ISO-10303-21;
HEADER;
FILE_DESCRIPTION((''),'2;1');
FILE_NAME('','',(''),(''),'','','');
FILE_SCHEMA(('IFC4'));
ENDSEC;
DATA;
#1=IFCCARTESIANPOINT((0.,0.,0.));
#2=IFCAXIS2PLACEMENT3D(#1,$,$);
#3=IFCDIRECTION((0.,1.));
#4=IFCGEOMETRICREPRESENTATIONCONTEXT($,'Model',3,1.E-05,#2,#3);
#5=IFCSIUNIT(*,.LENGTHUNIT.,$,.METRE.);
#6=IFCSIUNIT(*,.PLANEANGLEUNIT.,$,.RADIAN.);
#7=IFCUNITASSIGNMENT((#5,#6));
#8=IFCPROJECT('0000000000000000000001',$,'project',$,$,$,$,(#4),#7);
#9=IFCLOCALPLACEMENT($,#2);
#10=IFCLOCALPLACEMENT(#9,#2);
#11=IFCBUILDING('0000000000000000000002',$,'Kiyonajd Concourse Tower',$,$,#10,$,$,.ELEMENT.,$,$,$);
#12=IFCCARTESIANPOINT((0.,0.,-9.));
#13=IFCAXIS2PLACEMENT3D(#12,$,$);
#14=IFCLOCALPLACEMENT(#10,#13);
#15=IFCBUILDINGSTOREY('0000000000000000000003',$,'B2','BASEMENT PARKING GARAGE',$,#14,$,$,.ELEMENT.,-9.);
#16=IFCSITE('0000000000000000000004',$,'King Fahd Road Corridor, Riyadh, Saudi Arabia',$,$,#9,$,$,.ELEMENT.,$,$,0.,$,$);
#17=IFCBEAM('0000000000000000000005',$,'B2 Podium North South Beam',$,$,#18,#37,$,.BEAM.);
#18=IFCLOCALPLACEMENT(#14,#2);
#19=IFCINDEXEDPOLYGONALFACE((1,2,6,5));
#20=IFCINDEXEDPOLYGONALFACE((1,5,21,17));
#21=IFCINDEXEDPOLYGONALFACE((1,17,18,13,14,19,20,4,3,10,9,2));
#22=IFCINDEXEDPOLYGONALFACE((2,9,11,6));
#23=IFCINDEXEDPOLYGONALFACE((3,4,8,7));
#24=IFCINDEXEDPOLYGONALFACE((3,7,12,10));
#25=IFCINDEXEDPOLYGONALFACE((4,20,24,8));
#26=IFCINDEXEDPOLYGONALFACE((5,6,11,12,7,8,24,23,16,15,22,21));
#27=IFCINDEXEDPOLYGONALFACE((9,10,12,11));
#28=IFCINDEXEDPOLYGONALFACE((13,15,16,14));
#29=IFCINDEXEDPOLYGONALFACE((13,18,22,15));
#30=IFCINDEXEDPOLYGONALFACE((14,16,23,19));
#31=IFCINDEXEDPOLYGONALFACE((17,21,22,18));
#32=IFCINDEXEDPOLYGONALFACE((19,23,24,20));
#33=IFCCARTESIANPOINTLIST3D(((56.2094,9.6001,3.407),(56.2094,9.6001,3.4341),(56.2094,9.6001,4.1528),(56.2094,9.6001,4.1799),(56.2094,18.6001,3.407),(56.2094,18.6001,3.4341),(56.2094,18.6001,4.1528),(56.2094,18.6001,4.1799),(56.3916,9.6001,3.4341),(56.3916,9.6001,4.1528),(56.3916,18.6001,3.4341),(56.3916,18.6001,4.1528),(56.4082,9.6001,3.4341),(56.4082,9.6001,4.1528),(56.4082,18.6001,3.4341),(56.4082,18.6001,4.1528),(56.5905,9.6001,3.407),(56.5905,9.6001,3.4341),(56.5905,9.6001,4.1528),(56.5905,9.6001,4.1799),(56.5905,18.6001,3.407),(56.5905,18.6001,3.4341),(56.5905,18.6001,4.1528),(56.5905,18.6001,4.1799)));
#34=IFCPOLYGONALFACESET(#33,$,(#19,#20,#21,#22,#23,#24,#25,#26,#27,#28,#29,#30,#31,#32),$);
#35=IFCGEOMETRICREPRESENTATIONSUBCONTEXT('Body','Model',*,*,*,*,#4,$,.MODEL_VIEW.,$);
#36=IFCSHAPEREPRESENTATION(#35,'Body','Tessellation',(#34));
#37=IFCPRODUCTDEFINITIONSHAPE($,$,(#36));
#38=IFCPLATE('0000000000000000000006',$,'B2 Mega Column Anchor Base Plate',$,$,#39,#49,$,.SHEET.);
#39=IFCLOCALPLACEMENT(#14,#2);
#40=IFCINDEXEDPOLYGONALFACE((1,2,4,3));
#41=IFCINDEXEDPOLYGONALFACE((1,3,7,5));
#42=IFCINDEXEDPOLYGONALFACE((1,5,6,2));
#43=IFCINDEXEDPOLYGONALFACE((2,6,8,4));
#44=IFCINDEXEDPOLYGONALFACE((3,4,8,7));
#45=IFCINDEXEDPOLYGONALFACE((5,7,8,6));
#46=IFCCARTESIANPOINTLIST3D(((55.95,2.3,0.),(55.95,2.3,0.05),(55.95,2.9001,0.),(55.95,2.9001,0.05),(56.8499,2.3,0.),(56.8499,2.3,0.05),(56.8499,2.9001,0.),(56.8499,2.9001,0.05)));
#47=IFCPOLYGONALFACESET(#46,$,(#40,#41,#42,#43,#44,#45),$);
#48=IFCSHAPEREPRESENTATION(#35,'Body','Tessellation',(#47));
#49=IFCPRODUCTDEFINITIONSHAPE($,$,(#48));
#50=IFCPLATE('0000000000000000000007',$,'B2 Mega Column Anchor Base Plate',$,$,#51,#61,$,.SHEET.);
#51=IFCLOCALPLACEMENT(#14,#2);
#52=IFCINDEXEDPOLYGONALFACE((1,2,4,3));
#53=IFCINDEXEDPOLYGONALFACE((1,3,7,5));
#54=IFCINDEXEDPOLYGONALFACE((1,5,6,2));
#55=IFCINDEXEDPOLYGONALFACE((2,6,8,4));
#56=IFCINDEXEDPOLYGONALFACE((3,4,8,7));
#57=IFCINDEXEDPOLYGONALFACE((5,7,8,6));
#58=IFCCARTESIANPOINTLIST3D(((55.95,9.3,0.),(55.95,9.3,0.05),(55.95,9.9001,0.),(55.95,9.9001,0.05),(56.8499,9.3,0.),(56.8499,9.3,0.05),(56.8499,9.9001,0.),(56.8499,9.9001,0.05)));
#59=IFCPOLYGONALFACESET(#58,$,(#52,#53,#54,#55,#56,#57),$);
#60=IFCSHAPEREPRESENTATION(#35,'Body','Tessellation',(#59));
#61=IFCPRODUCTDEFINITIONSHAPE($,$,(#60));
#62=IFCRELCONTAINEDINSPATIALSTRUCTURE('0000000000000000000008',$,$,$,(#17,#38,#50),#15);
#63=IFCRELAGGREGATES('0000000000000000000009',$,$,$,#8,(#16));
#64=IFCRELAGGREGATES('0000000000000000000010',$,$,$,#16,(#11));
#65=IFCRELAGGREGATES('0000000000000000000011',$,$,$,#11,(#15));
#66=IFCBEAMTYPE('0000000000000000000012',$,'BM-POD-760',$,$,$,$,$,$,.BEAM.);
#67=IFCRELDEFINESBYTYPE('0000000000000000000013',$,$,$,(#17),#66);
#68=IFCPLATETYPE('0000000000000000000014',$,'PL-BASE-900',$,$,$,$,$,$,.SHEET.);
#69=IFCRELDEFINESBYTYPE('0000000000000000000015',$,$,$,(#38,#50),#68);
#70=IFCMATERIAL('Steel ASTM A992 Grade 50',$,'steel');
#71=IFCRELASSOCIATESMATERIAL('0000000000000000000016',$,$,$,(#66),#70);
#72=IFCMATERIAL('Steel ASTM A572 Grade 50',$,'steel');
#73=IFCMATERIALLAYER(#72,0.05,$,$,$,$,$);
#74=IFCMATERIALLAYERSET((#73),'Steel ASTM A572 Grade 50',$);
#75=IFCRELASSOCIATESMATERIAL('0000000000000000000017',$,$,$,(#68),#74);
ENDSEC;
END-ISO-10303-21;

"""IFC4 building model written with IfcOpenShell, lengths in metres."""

from ifc_helpers import new_model, si_unit, direction, frame, origin, origin_2d, place, context, subcontext, project, spatial, rectangle, i_section, extrude, material, layer, layer_set, material_profile, profile_set, type_object, element, save


model = new_model("IFC4")

# Units and contexts
model_context = context("Model", 3, precision=1e-05, world=origin(), true_north=direction((0.0, 1.0)))
body_context = subcontext(model_context, "Body", "Model", "MODEL_VIEW")
ifc_project = project(units=[si_unit("LENGTHUNIT", "METRE"), si_unit("PLANEANGLEUNIT", "RADIAN")], contexts=[model_context])

# Site, building, storey
site_placement = place(None, origin())
site = spatial("IfcSite", under=ifc_project, at=site_placement, Name="King Fahd Road Corridor, Riyadh, Saudi Arabia", CompositionType="ELEMENT", RefElevation=0.0)
building_placement = place(site_placement, origin())
building = spatial("IfcBuilding", under=site, at=building_placement, Name="Kiyonajd Concourse Tower", CompositionType="ELEMENT")
storey_placement = place(building_placement, frame((0.0, 0.0, -9.0)))
storey = spatial("IfcBuildingStorey", under=building, at=storey_placement, Name="B2", Description="BASEMENT PARKING GARAGE", CompositionType="ELEMENT", Elevation=-9.0)

# Shared definitions
ifc_material_1 = material(Name="Steel ASTM A572 Grade 50", Category="steel")

# Beam
ifc_material_2 = material(Name="Steel ASTM A992 Grade 50", Category="steel")
ifc_material_profile_1 = material_profile(ifc_material_2, i_section(OverallWidth=0.3811, OverallDepth=0.7729, WebThickness=0.0166, FlangeThickness=0.0271, at=origin_2d()), Name="W760X257")
ifc_profile_set_1 = profile_set([ifc_material_profile_1], Name="Steel ASTM A992 Grade 50")
beam_type = type_object("IfcBeamType", Name="BM-POD-760", PredefinedType="BEAM", material=ifc_profile_set_1)
beam_1_placement = place(storey_placement, frame((56.3999, 9.6001, 3.7935), z_axis=(0.0, 1.0, 0.0), x_axis=(-1.0, 0.0, 0.0)))
element("IfcBeam", 1, at=beam_1_placement, inside=storey, type_object=beam_type, Name="B2 Podium North South Beam", PredefinedType="BEAM", context=body_context, shape_type="SweptSolid", body=[
    extrude(i_section(OverallWidth=0.3811, OverallDepth=0.7729, WebThickness=0.0166, FlangeThickness=0.0271, at=origin_2d()), origin(), (0.0, 0.0, 1.0), 9.0),
])

# Plates
ifc_layer = layer(ifc_material_1, 0.05)
ifc_layer_set = layer_set([ifc_layer], Name="Steel ASTM A572 Grade 50")
plate_type = type_object("IfcPlateType", Name="PL-BASE-900", PredefinedType="SHEET", material=ifc_layer_set)
for number, where, z_axis, x_axis, name in (
    (2, (56.3999, 2.6001, 0.0), (0.0, 0.0, 1.0), (1.0, 0.0, 0.0), "B2 Mega Column Anchor Base Plate"),
    (3, (56.3999, 9.6001, 0.0), (0.0, 0.0, 1.0), (1.0, 0.0, 0.0), "B2 Mega Column Anchor Base Plate"),
):
    element("IfcPlate", number, at=place(storey_placement, frame(where, z_axis=z_axis, x_axis=x_axis)), inside=storey, type_object=plate_type, Name=name, PredefinedType="SHEET", context=body_context, shape_type="SweptSolid", body=[
        extrude(rectangle(XDim=0.8999, YDim=0.6001, at=origin_2d()), origin(), (0.0, 0.0, 1.0), 0.05),
    ])

save(model, "model.ifc")
